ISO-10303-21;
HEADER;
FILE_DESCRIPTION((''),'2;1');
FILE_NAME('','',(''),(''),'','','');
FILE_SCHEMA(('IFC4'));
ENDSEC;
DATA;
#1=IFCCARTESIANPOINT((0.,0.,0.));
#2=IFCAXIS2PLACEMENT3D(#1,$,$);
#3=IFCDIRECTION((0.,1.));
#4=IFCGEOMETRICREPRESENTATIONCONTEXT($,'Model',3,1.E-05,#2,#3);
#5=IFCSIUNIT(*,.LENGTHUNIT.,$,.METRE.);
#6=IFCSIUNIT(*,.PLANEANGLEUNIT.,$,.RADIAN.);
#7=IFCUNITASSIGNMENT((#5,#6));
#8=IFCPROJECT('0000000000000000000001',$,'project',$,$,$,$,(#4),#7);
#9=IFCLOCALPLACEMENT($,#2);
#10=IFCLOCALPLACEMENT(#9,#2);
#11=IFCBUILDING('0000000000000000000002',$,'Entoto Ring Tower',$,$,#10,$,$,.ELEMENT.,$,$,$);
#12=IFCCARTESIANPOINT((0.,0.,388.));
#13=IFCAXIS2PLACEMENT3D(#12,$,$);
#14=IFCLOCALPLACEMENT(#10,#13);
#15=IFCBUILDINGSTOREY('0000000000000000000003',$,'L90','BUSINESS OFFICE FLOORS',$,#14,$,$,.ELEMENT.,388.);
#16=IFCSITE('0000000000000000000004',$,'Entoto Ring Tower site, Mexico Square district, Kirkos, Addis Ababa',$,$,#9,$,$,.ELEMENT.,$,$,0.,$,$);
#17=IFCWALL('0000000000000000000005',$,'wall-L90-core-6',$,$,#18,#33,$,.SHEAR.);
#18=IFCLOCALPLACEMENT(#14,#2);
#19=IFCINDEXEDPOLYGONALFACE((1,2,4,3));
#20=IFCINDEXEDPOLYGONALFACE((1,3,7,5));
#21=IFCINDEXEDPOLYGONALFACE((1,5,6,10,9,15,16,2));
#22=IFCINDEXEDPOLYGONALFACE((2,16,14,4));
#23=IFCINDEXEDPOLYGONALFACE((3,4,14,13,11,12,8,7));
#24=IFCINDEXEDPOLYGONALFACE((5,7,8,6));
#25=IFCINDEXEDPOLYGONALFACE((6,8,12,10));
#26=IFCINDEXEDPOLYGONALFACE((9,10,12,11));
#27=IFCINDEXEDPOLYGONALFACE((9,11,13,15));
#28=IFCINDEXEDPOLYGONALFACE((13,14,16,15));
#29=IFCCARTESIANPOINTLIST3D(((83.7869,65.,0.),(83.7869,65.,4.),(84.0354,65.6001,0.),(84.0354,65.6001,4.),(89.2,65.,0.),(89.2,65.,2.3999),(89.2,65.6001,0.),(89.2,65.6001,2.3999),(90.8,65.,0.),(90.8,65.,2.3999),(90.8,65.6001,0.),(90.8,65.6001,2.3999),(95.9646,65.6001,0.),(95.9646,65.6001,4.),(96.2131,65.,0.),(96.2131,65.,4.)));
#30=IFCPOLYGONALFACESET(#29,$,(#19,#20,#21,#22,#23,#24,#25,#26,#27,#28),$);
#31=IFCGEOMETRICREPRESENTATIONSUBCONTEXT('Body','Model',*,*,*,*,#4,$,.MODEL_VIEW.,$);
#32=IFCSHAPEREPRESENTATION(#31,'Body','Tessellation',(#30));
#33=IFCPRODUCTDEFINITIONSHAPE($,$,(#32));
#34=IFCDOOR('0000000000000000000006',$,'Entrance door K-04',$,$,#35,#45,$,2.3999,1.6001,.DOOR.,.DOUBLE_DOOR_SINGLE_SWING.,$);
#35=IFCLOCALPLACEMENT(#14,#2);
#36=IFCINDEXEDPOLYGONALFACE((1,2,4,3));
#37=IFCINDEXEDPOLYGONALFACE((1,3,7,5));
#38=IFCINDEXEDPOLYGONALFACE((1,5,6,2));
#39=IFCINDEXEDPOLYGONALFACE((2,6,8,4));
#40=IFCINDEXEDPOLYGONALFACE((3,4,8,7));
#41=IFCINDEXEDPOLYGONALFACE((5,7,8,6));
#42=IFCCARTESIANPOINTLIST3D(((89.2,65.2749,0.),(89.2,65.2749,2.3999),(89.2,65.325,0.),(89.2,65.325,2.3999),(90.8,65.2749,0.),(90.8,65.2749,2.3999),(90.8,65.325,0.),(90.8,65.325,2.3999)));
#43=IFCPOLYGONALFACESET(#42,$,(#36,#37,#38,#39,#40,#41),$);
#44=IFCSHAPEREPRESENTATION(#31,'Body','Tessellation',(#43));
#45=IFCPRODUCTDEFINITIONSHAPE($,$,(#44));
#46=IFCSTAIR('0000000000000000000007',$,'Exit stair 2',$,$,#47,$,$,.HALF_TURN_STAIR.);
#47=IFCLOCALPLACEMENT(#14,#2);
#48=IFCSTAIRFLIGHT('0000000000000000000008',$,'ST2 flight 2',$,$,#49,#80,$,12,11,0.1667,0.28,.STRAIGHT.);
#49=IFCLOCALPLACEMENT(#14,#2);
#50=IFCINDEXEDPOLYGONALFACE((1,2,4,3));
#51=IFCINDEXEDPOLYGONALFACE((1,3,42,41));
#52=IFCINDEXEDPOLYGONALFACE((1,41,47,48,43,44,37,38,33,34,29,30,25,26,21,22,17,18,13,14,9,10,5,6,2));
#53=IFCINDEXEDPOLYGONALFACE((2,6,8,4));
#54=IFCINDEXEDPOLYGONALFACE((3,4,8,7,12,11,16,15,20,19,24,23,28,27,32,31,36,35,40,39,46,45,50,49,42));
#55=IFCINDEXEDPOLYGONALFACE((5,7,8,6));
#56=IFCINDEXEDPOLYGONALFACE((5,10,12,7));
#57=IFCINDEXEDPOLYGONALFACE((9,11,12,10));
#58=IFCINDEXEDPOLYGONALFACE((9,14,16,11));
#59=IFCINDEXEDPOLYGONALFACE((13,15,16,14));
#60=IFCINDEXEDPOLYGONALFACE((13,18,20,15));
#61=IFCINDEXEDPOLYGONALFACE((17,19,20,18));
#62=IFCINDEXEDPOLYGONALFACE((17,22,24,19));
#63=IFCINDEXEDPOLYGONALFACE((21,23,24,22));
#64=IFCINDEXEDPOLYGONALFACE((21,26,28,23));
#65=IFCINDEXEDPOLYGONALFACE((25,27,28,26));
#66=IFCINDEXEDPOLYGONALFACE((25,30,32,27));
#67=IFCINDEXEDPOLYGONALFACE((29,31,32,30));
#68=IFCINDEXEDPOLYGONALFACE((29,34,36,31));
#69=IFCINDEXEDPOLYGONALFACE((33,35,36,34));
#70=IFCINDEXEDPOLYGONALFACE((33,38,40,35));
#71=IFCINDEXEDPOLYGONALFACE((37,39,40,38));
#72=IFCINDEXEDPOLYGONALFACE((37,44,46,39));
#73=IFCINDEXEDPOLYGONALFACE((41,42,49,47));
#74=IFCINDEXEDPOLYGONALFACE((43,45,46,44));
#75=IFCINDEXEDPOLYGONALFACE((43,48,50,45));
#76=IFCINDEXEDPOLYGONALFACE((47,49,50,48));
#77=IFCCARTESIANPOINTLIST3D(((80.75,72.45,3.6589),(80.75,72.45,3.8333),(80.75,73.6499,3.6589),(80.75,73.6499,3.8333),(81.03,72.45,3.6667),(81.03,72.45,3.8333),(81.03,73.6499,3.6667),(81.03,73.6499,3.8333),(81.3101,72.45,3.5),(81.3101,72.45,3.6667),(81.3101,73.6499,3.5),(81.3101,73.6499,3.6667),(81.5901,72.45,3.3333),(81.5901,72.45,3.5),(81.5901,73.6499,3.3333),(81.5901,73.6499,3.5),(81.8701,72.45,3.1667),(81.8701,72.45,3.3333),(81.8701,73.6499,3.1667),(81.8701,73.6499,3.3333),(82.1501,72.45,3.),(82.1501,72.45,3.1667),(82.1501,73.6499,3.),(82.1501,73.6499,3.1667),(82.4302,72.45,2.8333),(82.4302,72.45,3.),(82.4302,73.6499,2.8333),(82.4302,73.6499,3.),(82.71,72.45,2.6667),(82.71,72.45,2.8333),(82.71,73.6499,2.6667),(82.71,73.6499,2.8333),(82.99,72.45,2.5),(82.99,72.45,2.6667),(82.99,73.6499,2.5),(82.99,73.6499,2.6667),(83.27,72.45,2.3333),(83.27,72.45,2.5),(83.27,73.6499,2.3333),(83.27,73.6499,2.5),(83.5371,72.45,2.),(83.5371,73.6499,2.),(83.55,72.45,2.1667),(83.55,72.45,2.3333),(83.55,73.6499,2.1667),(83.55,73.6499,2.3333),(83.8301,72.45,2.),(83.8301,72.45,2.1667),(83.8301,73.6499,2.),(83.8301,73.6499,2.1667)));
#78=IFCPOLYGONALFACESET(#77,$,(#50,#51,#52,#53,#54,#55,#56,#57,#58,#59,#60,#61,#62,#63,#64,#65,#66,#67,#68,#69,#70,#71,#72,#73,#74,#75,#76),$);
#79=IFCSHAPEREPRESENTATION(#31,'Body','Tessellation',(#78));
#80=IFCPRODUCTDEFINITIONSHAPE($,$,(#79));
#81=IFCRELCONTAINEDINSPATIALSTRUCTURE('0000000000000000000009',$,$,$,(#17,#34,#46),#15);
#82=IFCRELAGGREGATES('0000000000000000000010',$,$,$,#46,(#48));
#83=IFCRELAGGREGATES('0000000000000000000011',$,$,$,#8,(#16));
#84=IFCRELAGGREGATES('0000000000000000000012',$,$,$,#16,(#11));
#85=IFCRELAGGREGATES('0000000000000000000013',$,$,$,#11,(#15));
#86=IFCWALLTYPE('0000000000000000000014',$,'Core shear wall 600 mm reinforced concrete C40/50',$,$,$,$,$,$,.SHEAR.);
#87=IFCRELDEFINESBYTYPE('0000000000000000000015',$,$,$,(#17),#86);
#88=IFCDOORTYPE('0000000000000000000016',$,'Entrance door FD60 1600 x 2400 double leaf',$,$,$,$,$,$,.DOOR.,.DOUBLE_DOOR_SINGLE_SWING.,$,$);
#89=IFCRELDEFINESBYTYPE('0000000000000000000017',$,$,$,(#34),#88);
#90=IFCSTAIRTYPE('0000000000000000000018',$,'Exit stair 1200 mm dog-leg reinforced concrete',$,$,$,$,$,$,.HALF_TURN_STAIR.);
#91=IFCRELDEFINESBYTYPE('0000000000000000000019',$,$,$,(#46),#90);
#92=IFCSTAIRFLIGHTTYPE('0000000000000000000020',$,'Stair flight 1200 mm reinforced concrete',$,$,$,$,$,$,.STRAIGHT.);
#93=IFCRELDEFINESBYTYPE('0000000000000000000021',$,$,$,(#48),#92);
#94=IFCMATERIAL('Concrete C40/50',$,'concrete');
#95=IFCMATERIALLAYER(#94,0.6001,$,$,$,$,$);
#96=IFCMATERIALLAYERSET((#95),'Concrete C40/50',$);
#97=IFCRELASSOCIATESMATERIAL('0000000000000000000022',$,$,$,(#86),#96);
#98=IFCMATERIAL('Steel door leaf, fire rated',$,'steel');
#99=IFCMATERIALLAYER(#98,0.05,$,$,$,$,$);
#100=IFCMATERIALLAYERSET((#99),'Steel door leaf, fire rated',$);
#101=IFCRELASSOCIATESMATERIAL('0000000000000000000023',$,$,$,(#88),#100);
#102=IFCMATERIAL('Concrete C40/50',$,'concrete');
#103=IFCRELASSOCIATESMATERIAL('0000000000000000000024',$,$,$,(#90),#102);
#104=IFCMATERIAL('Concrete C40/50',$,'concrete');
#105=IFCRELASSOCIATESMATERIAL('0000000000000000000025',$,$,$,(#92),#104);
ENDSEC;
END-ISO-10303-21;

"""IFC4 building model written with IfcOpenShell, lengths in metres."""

from ifc_helpers import new_model, si_unit, direction, frame, frame_2d, origin, place, context, subcontext, project, spatial, polyline, rectangle, outline, extrude, material, layer, layer_set, type_object, element, fill, aggregate, save


model = new_model("IFC4")

# Units and contexts
model_context = context("Model", 3, precision=1e-05, world=origin(), true_north=direction((0.0, 1.0)))
body_context = subcontext(model_context, "Body", "Model", "MODEL_VIEW")
ifc_project = project(units=[si_unit("LENGTHUNIT", "METRE"), si_unit("PLANEANGLEUNIT", "RADIAN")], contexts=[model_context])

# Site, building, storey
site_placement = place(None, origin())
site = spatial("IfcSite", under=ifc_project, at=site_placement, Name="Entoto Ring Tower site, Mexico Square district, Kirkos, Addis Ababa", CompositionType="ELEMENT", RefElevation=0.0)
building_placement = place(site_placement, origin())
building = spatial("IfcBuilding", under=site, at=building_placement, Name="Entoto Ring Tower", CompositionType="ELEMENT")
storey_placement = place(building_placement, frame((0.0, 0.0, 388.0)))
storey = spatial("IfcBuildingStorey", under=building, at=storey_placement, Name="L90", Description="BUSINESS OFFICE FLOORS", CompositionType="ELEMENT", Elevation=388.0)

# Wall, opening, door
ifc_material_1 = material(Name="Concrete C40/50", Category="concrete")
ifc_layer_1 = layer(ifc_material_1, 0.6001)
ifc_layer_set_1 = layer_set([ifc_layer_1], Name="Concrete C40/50")
wall_type_1 = type_object("IfcWallType", Name="Core shear wall 600 mm reinforced concrete C40/50", PredefinedType="SHEAR", material=ifc_layer_set_1)
wall_1_placement = place(storey_placement, frame((83.9111, 65.3, 0.0), z_axis=(0.0, 0.0, 1.0), x_axis=(1.0, 0.0, 0.0)))
wall_1 = element("IfcWall", 1, at=wall_1_placement, inside=storey, type_object=wall_type_1, Name="wall-L90-core-6", PredefinedType="SHEAR", context=body_context, shape_type="SweptSolid", body=[
    extrude(outline(polyline([(-0.1243, -0.3), (12.302, -0.3), (12.0535, 0.3), (0.1243, 0.3), (-0.1243, -0.3)])), origin(), (0.0, 0.0, 1.0), 4.0),
])
opening_1_placement = place(wall_1_placement, frame((5.2888, 0.0, 0.0)))
opening_1 = element("IfcOpeningElement", 2, at=opening_1_placement, cuts=wall_1, PredefinedType="OPENING", context=body_context, shape_type="SweptSolid", body=[
    extrude(rectangle(XDim=1.6001, YDim=2.3999, at=frame_2d((0.8, 1.2))), frame((0.0, 0.3101, 0.0), z_axis=(0.0, -1.0, 0.0), x_axis=(1.0, 0.0, 0.0)), (0.0, 0.0, 1.0), 0.6201),
])
ifc_material_2 = material(Name="Steel door leaf, fire rated", Category="steel")
ifc_layer_2 = layer(ifc_material_2, 0.05)
ifc_layer_set_2 = layer_set([ifc_layer_2], Name="Steel door leaf, fire rated")
door_type_1 = type_object("IfcDoorType", Name="Entrance door FD60 1600 x 2400 double leaf", OperationType="DOUBLE_DOOR_SINGLE_SWING", PredefinedType="DOOR", material=ifc_layer_set_2)
door_1_placement = place(opening_1_placement, origin())
door_1 = element("IfcDoor", 3, at=door_1_placement, inside=storey, type_object=door_type_1, Name="Entrance door K-04", OperationType="DOUBLE_DOOR_SINGLE_SWING", OverallHeight=2.3999, OverallWidth=1.6001, PredefinedType="DOOR", context=body_context, shape_type="SweptSolid", body=[
    extrude(rectangle(XDim=1.6001, YDim=2.3999, at=frame_2d((0.8, 1.2))), frame((0.0, 0.0249, 0.0), z_axis=(0.0, -1.0, 0.0), x_axis=(1.0, 0.0, 0.0)), (0.0, 0.0, 1.0), 0.05),
])
fill(opening_1, door_1)

# Stair, stair flight
ifc_material_3 = material(Name="Concrete C40/50", Category="concrete")
stair_type = type_object("IfcStairType", Name="Exit stair 1200 mm dog-leg reinforced concrete", PredefinedType="HALF_TURN_STAIR", material=ifc_material_3)
stair_placement = place(storey_placement, origin())
stair = element("IfcStair", 4, at=stair_placement, inside=storey, type_object=stair_type, Name="Exit stair 2", PredefinedType="HALF_TURN_STAIR")
ifc_material_4 = material(Name="Concrete C40/50", Category="concrete")
stair_flight_type = type_object("IfcStairFlightType", Name="Stair flight 1200 mm reinforced concrete", PredefinedType="STRAIGHT", material=ifc_material_4)
stair_flight_placement = place(storey_placement, frame((83.8301, 73.05, 2.0), z_axis=(0.0, 0.0, 1.0), x_axis=(-1.0, 0.0, 0.0)))
stair_flight = element("IfcStairFlight", 5, at=stair_flight_placement, type_object=stair_flight_type, Name="ST2 flight 2", NumberOfRisers=12, NumberOfTreads=11, PredefinedType="STRAIGHT", RiserHeight=0.1667, TreadLength=0.28, context=body_context, shape_type="SweptSolid", body=[
    extrude(outline(polyline([(0.0, 0.0), (0.0, 0.1667), (0.28, 0.1667), (0.28, 0.3333), (0.5601, 0.3333), (0.5601, 0.5), (0.8401, 0.5), (0.8401, 0.6667), (1.1201, 0.6667), (1.1201, 0.8333), (1.3999, 0.8333), (1.3999, 1.0), (1.6799, 1.0), (1.6799, 1.1667), (1.96, 1.1667), (1.96, 1.3333), (2.24, 1.3333), (2.24, 1.5), (2.52, 1.5), (2.52, 1.6667), (2.8, 1.6667), (2.8, 1.8333), (3.0801, 1.8333), (3.0801, 2.0), (3.0801, 1.6589), (0.293, 0.0), (0.0, 0.0)])), frame((0.0, 0.6001, 0.0), z_axis=(0.0, -1.0, 0.0), x_axis=(1.0, 0.0, 0.0)), (0.0, 0.0, 1.0), 1.2),
])
aggregate(stair, [stair_flight])

save(model, "model.ifc")
